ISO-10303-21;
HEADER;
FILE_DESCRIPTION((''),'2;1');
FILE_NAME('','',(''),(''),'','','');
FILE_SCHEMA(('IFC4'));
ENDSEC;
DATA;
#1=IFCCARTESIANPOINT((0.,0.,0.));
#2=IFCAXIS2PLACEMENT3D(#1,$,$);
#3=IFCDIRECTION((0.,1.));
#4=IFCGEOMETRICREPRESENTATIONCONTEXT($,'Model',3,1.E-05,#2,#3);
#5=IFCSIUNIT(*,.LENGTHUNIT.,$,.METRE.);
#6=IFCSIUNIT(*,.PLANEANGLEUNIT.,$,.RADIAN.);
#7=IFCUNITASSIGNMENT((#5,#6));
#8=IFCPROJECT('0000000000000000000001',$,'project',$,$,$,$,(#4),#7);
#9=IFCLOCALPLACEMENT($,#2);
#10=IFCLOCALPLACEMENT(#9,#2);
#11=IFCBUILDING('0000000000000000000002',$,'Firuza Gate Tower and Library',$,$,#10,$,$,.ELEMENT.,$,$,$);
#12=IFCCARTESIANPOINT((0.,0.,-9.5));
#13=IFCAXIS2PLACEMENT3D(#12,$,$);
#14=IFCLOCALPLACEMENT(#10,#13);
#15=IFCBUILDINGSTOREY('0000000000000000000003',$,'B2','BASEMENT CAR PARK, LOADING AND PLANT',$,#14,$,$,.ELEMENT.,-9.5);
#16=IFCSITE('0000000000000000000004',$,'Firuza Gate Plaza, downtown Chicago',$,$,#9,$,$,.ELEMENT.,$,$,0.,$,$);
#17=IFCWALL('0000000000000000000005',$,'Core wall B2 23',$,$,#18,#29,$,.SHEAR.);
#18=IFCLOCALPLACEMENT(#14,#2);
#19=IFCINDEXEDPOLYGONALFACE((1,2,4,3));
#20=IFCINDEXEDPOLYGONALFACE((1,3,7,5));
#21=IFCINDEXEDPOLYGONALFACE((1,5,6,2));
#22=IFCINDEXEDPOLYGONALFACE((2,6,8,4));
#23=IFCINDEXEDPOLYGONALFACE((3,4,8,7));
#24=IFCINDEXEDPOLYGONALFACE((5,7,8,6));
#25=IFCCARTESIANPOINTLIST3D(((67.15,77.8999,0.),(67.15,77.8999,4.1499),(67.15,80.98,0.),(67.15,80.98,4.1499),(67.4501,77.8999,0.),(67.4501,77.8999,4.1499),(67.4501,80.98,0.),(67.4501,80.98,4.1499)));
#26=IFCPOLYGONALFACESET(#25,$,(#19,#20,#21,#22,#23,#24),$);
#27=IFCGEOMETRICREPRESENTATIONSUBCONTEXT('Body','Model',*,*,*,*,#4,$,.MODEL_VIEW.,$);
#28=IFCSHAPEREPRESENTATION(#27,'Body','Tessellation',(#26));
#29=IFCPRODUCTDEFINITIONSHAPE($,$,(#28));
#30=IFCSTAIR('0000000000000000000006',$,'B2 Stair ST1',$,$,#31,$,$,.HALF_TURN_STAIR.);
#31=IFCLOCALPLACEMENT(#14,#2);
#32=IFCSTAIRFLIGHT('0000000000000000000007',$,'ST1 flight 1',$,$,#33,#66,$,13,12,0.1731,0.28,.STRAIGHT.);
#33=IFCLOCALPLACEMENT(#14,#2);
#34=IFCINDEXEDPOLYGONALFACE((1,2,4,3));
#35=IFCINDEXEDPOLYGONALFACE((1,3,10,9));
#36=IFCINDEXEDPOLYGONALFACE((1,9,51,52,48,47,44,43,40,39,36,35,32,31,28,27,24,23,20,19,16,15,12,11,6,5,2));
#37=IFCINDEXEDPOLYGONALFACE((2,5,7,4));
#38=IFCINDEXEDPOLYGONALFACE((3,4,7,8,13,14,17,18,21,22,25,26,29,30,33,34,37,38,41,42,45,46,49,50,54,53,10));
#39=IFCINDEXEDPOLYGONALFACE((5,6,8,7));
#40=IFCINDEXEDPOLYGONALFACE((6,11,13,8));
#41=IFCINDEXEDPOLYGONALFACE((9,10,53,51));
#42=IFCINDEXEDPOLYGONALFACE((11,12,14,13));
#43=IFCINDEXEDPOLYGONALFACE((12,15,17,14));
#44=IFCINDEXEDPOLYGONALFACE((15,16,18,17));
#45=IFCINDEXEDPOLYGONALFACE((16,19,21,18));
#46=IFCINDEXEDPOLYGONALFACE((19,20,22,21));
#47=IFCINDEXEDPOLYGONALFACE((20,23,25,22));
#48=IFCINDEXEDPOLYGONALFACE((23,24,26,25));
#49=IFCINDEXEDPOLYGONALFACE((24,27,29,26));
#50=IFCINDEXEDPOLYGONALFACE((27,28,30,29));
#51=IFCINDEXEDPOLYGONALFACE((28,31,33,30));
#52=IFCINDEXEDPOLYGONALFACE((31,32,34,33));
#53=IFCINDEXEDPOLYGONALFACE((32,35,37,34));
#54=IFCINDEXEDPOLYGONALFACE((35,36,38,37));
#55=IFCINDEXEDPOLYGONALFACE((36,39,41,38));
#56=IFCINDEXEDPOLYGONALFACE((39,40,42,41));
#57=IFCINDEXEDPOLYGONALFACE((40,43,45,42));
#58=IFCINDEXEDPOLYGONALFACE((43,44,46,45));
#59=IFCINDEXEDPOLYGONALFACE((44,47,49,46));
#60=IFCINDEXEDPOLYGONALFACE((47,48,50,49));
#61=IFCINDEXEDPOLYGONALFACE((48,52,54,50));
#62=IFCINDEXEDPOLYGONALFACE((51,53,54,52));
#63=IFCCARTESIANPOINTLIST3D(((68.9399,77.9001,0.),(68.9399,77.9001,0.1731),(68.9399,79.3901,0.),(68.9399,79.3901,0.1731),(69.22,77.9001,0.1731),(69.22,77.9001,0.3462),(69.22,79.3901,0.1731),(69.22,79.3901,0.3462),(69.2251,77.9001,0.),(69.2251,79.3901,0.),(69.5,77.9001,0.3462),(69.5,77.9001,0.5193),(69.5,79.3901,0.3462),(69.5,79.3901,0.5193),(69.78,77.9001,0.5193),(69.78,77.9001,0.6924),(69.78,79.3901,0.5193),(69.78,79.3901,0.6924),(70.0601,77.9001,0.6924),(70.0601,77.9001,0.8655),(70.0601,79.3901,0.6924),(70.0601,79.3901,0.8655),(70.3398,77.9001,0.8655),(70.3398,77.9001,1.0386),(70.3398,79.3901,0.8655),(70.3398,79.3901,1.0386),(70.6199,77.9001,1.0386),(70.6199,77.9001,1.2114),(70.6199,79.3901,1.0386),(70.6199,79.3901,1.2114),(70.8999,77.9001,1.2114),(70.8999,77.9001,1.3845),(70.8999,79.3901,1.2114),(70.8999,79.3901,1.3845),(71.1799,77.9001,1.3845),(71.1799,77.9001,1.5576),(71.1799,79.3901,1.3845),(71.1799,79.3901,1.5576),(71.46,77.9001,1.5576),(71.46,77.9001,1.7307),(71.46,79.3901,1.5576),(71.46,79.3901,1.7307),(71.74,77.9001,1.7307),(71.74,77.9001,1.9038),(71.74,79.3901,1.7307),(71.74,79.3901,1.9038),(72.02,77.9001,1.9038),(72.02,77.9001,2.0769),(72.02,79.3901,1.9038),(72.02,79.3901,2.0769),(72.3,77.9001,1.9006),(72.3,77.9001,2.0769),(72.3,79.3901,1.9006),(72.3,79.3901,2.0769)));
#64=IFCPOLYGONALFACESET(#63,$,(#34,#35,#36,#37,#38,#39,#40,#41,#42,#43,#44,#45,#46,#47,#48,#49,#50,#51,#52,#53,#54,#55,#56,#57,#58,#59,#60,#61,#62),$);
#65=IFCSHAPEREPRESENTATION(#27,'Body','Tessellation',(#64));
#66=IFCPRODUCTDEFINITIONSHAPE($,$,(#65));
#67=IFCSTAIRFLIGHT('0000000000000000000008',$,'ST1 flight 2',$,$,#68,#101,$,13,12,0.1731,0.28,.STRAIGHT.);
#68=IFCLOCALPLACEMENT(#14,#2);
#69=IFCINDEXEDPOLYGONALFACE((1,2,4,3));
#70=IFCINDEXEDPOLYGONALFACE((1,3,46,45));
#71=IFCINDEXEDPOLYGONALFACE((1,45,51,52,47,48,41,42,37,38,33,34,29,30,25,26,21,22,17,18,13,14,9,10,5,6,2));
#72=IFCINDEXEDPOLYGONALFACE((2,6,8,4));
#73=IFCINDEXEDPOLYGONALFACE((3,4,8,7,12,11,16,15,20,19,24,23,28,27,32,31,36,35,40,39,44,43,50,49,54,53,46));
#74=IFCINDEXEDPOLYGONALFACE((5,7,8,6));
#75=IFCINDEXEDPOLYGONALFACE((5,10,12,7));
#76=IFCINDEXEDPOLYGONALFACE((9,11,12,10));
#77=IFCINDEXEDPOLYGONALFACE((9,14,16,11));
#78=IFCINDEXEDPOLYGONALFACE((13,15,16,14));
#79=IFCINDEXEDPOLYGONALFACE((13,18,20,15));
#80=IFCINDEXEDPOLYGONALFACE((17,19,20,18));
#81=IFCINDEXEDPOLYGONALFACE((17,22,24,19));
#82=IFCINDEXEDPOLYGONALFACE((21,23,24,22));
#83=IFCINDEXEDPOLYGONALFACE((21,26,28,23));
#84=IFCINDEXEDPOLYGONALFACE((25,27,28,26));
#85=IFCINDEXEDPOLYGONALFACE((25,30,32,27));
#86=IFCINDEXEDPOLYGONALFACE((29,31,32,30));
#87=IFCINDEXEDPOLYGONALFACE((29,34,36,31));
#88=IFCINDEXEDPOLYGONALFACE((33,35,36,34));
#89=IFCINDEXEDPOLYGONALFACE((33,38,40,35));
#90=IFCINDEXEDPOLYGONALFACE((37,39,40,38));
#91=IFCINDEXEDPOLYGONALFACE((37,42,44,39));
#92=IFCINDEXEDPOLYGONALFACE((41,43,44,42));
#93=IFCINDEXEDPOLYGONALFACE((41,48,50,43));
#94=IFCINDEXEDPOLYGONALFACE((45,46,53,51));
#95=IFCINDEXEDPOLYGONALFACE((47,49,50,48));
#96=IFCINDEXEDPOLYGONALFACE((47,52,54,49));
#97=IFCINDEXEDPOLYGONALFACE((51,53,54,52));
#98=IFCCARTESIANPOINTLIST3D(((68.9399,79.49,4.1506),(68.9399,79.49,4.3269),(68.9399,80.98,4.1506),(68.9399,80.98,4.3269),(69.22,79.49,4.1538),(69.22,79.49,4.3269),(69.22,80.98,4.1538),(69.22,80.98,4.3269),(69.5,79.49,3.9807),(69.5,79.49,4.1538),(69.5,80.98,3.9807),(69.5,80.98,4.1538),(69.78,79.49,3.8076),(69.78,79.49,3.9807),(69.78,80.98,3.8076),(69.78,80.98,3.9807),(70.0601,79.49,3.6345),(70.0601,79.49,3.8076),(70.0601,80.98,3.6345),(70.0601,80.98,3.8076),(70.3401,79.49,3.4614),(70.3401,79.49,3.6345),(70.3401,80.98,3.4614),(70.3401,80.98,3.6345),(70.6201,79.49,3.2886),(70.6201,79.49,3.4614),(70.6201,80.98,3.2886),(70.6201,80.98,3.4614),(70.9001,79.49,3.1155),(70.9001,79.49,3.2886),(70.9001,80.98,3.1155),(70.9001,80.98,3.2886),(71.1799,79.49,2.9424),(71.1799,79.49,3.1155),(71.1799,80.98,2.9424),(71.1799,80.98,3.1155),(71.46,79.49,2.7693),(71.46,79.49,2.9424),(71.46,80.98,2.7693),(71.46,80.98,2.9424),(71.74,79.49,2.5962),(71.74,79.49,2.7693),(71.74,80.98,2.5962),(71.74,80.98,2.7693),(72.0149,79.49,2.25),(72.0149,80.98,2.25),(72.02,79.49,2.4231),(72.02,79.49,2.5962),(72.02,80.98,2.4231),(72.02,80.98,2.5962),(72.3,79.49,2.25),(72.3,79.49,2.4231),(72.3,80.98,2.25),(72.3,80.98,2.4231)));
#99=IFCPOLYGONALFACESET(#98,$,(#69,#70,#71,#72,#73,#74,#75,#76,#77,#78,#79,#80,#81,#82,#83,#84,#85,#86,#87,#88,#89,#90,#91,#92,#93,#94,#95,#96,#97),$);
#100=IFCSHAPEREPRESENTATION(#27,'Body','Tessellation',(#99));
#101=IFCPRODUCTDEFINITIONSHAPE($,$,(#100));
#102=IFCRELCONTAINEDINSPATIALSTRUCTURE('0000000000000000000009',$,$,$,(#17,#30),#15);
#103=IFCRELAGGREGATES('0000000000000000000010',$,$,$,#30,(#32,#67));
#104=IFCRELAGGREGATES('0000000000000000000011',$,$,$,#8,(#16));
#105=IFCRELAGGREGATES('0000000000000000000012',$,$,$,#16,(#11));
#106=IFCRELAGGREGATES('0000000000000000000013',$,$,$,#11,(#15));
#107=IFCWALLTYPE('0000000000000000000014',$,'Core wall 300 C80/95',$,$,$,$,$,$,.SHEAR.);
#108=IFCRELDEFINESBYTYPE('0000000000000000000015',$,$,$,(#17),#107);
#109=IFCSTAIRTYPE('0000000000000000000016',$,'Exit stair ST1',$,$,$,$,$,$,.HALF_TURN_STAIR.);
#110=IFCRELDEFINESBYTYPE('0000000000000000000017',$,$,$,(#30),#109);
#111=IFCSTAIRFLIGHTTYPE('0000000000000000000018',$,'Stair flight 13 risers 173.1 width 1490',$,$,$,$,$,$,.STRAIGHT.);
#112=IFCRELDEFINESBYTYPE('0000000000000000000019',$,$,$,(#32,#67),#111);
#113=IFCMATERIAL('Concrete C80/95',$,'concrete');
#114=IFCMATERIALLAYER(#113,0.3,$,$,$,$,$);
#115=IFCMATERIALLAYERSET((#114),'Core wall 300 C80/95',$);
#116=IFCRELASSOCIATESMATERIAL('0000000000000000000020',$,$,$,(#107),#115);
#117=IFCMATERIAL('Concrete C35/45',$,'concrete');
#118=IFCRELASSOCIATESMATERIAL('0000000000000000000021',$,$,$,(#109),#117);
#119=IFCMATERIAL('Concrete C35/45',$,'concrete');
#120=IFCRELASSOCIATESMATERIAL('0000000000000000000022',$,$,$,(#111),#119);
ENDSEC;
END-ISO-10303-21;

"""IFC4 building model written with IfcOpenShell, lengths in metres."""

from ifc_helpers import new_model, si_unit, direction, frame, frame_2d, origin, place, context, subcontext, project, spatial, polyline, rectangle, outline, extrude, material, layer, layer_set, type_object, element, aggregate, save


model = new_model("IFC4")

# Units and contexts
model_context = context("Model", 3, precision=1e-05, world=origin(), true_north=direction((0.0, 1.0)))
body_context = subcontext(model_context, "Body", "Model", "MODEL_VIEW")
ifc_project = project(units=[si_unit("LENGTHUNIT", "METRE"), si_unit("PLANEANGLEUNIT", "RADIAN")], contexts=[model_context])

# Site, building, storey
site_placement = place(None, origin())
site = spatial("IfcSite", under=ifc_project, at=site_placement, Name="Firuza Gate Plaza, downtown Chicago", CompositionType="ELEMENT", RefElevation=0.0)
building_placement = place(site_placement, origin())
building = spatial("IfcBuilding", under=site, at=building_placement, Name="Firuza Gate Tower and Library", CompositionType="ELEMENT")
storey_placement = place(building_placement, frame((0.0, 0.0, -9.5)))
storey = spatial("IfcBuildingStorey", under=building, at=storey_placement, Name="B2", Description="BASEMENT CAR PARK, LOADING AND PLANT", CompositionType="ELEMENT", Elevation=-9.5)

# Shared definitions
ifc_material_1 = material(Name="Concrete C80/95", Category="concrete")
ifc_layer_1 = layer(ifc_material_1, 0.3)
ifc_layer_set_1 = layer_set([ifc_layer_1], Name="Core wall 300 C80/95")
wall_type_1 = type_object("IfcWallType", Name="Core wall 300 C80/95", PredefinedType="SHEAR", material=ifc_layer_set_1)

# Wall
wall_1_placement = place(storey_placement, frame((67.3, 77.8999, 0.0), z_axis=(0.0, 0.0, 1.0), x_axis=(0.0, 1.0, 0.0)))
element("IfcWall", 1, at=wall_1_placement, inside=storey, type_object=wall_type_1, Name="Core wall B2 23", PredefinedType="SHEAR", context=body_context, shape_type="SweptSolid", body=[
    extrude(rectangle(XDim=3.0801, YDim=0.3, at=frame_2d((1.54, 0.0))), origin(), (0.0, 0.0, 1.0), 4.1499),
])

# Stair, stair flights
ifc_material_2 = material(Name="Concrete C35/45", Category="concrete")
stair_type = type_object("IfcStairType", Name="Exit stair ST1", PredefinedType="HALF_TURN_STAIR", material=ifc_material_2)
stair_placement = place(storey_placement, origin())
stair = element("IfcStair", 2, at=stair_placement, inside=storey, type_object=stair_type, Name="B2 Stair ST1", PredefinedType="HALF_TURN_STAIR")
ifc_material_3 = material(Name="Concrete C35/45", Category="concrete")
stair_flight_type = type_object("IfcStairFlightType", Name="Stair flight 13 risers 173.1 width 1490", PredefinedType="STRAIGHT", material=ifc_material_3)
stair_flight_1_placement = place(storey_placement, frame((68.9399, 78.645, 0.0), z_axis=(0.0, 0.0, 1.0), x_axis=(1.0, 0.0, 0.0)))
stair_flight_1 = element("IfcStairFlight", 3, at=stair_flight_1_placement, type_object=stair_flight_type, Name="ST1 flight 1", NumberOfRisers=13, NumberOfTreads=12, PredefinedType="STRAIGHT", RiserHeight=0.1731, TreadLength=0.28, context=body_context, shape_type="SweptSolid", body=[
    extrude(outline(polyline([(0.0, 0.0), (0.0, 0.1731), (0.28, 0.1731), (0.28, 0.3462), (0.5601, 0.3462), (0.5601, 0.5193), (0.8401, 0.5193), (0.8401, 0.6924), (1.1201, 0.6924), (1.1201, 0.8655), (1.3999, 0.8655), (1.3999, 1.0386), (1.6799, 1.0386), (1.6799, 1.2114), (1.96, 1.2114), (1.96, 1.3845), (2.24, 1.3845), (2.24, 1.5576), (2.52, 1.5576), (2.52, 1.7307), (2.8, 1.7307), (2.8, 1.9038), (3.0801, 1.9038), (3.0801, 2.0769), (3.3601, 2.0769), (3.3601, 2.25), (3.3601, 1.9006), (0.2852, 0.0), (0.0, 0.0)])), frame((0.0, 0.7451, 0.0), z_axis=(0.0, -1.0, 0.0), x_axis=(1.0, 0.0, 0.0)), (0.0, 0.0, 1.0), 1.49),
])
stair_flight_2_placement = place(storey_placement, frame((72.3, 80.2351, 2.25), z_axis=(0.0, 0.0, 1.0), x_axis=(-1.0, 0.0, 0.0)))
stair_flight_2 = element("IfcStairFlight", 4, at=stair_flight_2_placement, type_object=stair_flight_type, Name="ST1 flight 2", NumberOfRisers=13, NumberOfTreads=12, PredefinedType="STRAIGHT", RiserHeight=0.1731, TreadLength=0.28, context=body_context, shape_type="SweptSolid", body=[
    extrude(outline(polyline([(0.0, 0.0), (0.0, 0.1731), (0.28, 0.1731), (0.28, 0.3462), (0.5601, 0.3462), (0.5601, 0.5193), (0.8401, 0.5193), (0.8401, 0.6924), (1.1201, 0.6924), (1.1201, 0.8655), (1.3999, 0.8655), (1.3999, 1.0386), (1.6799, 1.0386), (1.6799, 1.2114), (1.96, 1.2114), (1.96, 1.3845), (2.24, 1.3845), (2.24, 1.5576), (2.52, 1.5576), (2.52, 1.7307), (2.8, 1.7307), (2.8, 1.9038), (3.0801, 1.9038), (3.0801, 2.0769), (3.3601, 2.0769), (3.3601, 2.25), (3.3601, 1.9006), (0.2852, 0.0), (0.0, 0.0)])), frame((0.0, 0.7451, 0.0), z_axis=(0.0, -1.0, 0.0), x_axis=(1.0, 0.0, 0.0)), (0.0, 0.0, 1.0), 1.49),
])
aggregate(stair, [stair_flight_1, stair_flight_2])

save(model, "model.ifc")
